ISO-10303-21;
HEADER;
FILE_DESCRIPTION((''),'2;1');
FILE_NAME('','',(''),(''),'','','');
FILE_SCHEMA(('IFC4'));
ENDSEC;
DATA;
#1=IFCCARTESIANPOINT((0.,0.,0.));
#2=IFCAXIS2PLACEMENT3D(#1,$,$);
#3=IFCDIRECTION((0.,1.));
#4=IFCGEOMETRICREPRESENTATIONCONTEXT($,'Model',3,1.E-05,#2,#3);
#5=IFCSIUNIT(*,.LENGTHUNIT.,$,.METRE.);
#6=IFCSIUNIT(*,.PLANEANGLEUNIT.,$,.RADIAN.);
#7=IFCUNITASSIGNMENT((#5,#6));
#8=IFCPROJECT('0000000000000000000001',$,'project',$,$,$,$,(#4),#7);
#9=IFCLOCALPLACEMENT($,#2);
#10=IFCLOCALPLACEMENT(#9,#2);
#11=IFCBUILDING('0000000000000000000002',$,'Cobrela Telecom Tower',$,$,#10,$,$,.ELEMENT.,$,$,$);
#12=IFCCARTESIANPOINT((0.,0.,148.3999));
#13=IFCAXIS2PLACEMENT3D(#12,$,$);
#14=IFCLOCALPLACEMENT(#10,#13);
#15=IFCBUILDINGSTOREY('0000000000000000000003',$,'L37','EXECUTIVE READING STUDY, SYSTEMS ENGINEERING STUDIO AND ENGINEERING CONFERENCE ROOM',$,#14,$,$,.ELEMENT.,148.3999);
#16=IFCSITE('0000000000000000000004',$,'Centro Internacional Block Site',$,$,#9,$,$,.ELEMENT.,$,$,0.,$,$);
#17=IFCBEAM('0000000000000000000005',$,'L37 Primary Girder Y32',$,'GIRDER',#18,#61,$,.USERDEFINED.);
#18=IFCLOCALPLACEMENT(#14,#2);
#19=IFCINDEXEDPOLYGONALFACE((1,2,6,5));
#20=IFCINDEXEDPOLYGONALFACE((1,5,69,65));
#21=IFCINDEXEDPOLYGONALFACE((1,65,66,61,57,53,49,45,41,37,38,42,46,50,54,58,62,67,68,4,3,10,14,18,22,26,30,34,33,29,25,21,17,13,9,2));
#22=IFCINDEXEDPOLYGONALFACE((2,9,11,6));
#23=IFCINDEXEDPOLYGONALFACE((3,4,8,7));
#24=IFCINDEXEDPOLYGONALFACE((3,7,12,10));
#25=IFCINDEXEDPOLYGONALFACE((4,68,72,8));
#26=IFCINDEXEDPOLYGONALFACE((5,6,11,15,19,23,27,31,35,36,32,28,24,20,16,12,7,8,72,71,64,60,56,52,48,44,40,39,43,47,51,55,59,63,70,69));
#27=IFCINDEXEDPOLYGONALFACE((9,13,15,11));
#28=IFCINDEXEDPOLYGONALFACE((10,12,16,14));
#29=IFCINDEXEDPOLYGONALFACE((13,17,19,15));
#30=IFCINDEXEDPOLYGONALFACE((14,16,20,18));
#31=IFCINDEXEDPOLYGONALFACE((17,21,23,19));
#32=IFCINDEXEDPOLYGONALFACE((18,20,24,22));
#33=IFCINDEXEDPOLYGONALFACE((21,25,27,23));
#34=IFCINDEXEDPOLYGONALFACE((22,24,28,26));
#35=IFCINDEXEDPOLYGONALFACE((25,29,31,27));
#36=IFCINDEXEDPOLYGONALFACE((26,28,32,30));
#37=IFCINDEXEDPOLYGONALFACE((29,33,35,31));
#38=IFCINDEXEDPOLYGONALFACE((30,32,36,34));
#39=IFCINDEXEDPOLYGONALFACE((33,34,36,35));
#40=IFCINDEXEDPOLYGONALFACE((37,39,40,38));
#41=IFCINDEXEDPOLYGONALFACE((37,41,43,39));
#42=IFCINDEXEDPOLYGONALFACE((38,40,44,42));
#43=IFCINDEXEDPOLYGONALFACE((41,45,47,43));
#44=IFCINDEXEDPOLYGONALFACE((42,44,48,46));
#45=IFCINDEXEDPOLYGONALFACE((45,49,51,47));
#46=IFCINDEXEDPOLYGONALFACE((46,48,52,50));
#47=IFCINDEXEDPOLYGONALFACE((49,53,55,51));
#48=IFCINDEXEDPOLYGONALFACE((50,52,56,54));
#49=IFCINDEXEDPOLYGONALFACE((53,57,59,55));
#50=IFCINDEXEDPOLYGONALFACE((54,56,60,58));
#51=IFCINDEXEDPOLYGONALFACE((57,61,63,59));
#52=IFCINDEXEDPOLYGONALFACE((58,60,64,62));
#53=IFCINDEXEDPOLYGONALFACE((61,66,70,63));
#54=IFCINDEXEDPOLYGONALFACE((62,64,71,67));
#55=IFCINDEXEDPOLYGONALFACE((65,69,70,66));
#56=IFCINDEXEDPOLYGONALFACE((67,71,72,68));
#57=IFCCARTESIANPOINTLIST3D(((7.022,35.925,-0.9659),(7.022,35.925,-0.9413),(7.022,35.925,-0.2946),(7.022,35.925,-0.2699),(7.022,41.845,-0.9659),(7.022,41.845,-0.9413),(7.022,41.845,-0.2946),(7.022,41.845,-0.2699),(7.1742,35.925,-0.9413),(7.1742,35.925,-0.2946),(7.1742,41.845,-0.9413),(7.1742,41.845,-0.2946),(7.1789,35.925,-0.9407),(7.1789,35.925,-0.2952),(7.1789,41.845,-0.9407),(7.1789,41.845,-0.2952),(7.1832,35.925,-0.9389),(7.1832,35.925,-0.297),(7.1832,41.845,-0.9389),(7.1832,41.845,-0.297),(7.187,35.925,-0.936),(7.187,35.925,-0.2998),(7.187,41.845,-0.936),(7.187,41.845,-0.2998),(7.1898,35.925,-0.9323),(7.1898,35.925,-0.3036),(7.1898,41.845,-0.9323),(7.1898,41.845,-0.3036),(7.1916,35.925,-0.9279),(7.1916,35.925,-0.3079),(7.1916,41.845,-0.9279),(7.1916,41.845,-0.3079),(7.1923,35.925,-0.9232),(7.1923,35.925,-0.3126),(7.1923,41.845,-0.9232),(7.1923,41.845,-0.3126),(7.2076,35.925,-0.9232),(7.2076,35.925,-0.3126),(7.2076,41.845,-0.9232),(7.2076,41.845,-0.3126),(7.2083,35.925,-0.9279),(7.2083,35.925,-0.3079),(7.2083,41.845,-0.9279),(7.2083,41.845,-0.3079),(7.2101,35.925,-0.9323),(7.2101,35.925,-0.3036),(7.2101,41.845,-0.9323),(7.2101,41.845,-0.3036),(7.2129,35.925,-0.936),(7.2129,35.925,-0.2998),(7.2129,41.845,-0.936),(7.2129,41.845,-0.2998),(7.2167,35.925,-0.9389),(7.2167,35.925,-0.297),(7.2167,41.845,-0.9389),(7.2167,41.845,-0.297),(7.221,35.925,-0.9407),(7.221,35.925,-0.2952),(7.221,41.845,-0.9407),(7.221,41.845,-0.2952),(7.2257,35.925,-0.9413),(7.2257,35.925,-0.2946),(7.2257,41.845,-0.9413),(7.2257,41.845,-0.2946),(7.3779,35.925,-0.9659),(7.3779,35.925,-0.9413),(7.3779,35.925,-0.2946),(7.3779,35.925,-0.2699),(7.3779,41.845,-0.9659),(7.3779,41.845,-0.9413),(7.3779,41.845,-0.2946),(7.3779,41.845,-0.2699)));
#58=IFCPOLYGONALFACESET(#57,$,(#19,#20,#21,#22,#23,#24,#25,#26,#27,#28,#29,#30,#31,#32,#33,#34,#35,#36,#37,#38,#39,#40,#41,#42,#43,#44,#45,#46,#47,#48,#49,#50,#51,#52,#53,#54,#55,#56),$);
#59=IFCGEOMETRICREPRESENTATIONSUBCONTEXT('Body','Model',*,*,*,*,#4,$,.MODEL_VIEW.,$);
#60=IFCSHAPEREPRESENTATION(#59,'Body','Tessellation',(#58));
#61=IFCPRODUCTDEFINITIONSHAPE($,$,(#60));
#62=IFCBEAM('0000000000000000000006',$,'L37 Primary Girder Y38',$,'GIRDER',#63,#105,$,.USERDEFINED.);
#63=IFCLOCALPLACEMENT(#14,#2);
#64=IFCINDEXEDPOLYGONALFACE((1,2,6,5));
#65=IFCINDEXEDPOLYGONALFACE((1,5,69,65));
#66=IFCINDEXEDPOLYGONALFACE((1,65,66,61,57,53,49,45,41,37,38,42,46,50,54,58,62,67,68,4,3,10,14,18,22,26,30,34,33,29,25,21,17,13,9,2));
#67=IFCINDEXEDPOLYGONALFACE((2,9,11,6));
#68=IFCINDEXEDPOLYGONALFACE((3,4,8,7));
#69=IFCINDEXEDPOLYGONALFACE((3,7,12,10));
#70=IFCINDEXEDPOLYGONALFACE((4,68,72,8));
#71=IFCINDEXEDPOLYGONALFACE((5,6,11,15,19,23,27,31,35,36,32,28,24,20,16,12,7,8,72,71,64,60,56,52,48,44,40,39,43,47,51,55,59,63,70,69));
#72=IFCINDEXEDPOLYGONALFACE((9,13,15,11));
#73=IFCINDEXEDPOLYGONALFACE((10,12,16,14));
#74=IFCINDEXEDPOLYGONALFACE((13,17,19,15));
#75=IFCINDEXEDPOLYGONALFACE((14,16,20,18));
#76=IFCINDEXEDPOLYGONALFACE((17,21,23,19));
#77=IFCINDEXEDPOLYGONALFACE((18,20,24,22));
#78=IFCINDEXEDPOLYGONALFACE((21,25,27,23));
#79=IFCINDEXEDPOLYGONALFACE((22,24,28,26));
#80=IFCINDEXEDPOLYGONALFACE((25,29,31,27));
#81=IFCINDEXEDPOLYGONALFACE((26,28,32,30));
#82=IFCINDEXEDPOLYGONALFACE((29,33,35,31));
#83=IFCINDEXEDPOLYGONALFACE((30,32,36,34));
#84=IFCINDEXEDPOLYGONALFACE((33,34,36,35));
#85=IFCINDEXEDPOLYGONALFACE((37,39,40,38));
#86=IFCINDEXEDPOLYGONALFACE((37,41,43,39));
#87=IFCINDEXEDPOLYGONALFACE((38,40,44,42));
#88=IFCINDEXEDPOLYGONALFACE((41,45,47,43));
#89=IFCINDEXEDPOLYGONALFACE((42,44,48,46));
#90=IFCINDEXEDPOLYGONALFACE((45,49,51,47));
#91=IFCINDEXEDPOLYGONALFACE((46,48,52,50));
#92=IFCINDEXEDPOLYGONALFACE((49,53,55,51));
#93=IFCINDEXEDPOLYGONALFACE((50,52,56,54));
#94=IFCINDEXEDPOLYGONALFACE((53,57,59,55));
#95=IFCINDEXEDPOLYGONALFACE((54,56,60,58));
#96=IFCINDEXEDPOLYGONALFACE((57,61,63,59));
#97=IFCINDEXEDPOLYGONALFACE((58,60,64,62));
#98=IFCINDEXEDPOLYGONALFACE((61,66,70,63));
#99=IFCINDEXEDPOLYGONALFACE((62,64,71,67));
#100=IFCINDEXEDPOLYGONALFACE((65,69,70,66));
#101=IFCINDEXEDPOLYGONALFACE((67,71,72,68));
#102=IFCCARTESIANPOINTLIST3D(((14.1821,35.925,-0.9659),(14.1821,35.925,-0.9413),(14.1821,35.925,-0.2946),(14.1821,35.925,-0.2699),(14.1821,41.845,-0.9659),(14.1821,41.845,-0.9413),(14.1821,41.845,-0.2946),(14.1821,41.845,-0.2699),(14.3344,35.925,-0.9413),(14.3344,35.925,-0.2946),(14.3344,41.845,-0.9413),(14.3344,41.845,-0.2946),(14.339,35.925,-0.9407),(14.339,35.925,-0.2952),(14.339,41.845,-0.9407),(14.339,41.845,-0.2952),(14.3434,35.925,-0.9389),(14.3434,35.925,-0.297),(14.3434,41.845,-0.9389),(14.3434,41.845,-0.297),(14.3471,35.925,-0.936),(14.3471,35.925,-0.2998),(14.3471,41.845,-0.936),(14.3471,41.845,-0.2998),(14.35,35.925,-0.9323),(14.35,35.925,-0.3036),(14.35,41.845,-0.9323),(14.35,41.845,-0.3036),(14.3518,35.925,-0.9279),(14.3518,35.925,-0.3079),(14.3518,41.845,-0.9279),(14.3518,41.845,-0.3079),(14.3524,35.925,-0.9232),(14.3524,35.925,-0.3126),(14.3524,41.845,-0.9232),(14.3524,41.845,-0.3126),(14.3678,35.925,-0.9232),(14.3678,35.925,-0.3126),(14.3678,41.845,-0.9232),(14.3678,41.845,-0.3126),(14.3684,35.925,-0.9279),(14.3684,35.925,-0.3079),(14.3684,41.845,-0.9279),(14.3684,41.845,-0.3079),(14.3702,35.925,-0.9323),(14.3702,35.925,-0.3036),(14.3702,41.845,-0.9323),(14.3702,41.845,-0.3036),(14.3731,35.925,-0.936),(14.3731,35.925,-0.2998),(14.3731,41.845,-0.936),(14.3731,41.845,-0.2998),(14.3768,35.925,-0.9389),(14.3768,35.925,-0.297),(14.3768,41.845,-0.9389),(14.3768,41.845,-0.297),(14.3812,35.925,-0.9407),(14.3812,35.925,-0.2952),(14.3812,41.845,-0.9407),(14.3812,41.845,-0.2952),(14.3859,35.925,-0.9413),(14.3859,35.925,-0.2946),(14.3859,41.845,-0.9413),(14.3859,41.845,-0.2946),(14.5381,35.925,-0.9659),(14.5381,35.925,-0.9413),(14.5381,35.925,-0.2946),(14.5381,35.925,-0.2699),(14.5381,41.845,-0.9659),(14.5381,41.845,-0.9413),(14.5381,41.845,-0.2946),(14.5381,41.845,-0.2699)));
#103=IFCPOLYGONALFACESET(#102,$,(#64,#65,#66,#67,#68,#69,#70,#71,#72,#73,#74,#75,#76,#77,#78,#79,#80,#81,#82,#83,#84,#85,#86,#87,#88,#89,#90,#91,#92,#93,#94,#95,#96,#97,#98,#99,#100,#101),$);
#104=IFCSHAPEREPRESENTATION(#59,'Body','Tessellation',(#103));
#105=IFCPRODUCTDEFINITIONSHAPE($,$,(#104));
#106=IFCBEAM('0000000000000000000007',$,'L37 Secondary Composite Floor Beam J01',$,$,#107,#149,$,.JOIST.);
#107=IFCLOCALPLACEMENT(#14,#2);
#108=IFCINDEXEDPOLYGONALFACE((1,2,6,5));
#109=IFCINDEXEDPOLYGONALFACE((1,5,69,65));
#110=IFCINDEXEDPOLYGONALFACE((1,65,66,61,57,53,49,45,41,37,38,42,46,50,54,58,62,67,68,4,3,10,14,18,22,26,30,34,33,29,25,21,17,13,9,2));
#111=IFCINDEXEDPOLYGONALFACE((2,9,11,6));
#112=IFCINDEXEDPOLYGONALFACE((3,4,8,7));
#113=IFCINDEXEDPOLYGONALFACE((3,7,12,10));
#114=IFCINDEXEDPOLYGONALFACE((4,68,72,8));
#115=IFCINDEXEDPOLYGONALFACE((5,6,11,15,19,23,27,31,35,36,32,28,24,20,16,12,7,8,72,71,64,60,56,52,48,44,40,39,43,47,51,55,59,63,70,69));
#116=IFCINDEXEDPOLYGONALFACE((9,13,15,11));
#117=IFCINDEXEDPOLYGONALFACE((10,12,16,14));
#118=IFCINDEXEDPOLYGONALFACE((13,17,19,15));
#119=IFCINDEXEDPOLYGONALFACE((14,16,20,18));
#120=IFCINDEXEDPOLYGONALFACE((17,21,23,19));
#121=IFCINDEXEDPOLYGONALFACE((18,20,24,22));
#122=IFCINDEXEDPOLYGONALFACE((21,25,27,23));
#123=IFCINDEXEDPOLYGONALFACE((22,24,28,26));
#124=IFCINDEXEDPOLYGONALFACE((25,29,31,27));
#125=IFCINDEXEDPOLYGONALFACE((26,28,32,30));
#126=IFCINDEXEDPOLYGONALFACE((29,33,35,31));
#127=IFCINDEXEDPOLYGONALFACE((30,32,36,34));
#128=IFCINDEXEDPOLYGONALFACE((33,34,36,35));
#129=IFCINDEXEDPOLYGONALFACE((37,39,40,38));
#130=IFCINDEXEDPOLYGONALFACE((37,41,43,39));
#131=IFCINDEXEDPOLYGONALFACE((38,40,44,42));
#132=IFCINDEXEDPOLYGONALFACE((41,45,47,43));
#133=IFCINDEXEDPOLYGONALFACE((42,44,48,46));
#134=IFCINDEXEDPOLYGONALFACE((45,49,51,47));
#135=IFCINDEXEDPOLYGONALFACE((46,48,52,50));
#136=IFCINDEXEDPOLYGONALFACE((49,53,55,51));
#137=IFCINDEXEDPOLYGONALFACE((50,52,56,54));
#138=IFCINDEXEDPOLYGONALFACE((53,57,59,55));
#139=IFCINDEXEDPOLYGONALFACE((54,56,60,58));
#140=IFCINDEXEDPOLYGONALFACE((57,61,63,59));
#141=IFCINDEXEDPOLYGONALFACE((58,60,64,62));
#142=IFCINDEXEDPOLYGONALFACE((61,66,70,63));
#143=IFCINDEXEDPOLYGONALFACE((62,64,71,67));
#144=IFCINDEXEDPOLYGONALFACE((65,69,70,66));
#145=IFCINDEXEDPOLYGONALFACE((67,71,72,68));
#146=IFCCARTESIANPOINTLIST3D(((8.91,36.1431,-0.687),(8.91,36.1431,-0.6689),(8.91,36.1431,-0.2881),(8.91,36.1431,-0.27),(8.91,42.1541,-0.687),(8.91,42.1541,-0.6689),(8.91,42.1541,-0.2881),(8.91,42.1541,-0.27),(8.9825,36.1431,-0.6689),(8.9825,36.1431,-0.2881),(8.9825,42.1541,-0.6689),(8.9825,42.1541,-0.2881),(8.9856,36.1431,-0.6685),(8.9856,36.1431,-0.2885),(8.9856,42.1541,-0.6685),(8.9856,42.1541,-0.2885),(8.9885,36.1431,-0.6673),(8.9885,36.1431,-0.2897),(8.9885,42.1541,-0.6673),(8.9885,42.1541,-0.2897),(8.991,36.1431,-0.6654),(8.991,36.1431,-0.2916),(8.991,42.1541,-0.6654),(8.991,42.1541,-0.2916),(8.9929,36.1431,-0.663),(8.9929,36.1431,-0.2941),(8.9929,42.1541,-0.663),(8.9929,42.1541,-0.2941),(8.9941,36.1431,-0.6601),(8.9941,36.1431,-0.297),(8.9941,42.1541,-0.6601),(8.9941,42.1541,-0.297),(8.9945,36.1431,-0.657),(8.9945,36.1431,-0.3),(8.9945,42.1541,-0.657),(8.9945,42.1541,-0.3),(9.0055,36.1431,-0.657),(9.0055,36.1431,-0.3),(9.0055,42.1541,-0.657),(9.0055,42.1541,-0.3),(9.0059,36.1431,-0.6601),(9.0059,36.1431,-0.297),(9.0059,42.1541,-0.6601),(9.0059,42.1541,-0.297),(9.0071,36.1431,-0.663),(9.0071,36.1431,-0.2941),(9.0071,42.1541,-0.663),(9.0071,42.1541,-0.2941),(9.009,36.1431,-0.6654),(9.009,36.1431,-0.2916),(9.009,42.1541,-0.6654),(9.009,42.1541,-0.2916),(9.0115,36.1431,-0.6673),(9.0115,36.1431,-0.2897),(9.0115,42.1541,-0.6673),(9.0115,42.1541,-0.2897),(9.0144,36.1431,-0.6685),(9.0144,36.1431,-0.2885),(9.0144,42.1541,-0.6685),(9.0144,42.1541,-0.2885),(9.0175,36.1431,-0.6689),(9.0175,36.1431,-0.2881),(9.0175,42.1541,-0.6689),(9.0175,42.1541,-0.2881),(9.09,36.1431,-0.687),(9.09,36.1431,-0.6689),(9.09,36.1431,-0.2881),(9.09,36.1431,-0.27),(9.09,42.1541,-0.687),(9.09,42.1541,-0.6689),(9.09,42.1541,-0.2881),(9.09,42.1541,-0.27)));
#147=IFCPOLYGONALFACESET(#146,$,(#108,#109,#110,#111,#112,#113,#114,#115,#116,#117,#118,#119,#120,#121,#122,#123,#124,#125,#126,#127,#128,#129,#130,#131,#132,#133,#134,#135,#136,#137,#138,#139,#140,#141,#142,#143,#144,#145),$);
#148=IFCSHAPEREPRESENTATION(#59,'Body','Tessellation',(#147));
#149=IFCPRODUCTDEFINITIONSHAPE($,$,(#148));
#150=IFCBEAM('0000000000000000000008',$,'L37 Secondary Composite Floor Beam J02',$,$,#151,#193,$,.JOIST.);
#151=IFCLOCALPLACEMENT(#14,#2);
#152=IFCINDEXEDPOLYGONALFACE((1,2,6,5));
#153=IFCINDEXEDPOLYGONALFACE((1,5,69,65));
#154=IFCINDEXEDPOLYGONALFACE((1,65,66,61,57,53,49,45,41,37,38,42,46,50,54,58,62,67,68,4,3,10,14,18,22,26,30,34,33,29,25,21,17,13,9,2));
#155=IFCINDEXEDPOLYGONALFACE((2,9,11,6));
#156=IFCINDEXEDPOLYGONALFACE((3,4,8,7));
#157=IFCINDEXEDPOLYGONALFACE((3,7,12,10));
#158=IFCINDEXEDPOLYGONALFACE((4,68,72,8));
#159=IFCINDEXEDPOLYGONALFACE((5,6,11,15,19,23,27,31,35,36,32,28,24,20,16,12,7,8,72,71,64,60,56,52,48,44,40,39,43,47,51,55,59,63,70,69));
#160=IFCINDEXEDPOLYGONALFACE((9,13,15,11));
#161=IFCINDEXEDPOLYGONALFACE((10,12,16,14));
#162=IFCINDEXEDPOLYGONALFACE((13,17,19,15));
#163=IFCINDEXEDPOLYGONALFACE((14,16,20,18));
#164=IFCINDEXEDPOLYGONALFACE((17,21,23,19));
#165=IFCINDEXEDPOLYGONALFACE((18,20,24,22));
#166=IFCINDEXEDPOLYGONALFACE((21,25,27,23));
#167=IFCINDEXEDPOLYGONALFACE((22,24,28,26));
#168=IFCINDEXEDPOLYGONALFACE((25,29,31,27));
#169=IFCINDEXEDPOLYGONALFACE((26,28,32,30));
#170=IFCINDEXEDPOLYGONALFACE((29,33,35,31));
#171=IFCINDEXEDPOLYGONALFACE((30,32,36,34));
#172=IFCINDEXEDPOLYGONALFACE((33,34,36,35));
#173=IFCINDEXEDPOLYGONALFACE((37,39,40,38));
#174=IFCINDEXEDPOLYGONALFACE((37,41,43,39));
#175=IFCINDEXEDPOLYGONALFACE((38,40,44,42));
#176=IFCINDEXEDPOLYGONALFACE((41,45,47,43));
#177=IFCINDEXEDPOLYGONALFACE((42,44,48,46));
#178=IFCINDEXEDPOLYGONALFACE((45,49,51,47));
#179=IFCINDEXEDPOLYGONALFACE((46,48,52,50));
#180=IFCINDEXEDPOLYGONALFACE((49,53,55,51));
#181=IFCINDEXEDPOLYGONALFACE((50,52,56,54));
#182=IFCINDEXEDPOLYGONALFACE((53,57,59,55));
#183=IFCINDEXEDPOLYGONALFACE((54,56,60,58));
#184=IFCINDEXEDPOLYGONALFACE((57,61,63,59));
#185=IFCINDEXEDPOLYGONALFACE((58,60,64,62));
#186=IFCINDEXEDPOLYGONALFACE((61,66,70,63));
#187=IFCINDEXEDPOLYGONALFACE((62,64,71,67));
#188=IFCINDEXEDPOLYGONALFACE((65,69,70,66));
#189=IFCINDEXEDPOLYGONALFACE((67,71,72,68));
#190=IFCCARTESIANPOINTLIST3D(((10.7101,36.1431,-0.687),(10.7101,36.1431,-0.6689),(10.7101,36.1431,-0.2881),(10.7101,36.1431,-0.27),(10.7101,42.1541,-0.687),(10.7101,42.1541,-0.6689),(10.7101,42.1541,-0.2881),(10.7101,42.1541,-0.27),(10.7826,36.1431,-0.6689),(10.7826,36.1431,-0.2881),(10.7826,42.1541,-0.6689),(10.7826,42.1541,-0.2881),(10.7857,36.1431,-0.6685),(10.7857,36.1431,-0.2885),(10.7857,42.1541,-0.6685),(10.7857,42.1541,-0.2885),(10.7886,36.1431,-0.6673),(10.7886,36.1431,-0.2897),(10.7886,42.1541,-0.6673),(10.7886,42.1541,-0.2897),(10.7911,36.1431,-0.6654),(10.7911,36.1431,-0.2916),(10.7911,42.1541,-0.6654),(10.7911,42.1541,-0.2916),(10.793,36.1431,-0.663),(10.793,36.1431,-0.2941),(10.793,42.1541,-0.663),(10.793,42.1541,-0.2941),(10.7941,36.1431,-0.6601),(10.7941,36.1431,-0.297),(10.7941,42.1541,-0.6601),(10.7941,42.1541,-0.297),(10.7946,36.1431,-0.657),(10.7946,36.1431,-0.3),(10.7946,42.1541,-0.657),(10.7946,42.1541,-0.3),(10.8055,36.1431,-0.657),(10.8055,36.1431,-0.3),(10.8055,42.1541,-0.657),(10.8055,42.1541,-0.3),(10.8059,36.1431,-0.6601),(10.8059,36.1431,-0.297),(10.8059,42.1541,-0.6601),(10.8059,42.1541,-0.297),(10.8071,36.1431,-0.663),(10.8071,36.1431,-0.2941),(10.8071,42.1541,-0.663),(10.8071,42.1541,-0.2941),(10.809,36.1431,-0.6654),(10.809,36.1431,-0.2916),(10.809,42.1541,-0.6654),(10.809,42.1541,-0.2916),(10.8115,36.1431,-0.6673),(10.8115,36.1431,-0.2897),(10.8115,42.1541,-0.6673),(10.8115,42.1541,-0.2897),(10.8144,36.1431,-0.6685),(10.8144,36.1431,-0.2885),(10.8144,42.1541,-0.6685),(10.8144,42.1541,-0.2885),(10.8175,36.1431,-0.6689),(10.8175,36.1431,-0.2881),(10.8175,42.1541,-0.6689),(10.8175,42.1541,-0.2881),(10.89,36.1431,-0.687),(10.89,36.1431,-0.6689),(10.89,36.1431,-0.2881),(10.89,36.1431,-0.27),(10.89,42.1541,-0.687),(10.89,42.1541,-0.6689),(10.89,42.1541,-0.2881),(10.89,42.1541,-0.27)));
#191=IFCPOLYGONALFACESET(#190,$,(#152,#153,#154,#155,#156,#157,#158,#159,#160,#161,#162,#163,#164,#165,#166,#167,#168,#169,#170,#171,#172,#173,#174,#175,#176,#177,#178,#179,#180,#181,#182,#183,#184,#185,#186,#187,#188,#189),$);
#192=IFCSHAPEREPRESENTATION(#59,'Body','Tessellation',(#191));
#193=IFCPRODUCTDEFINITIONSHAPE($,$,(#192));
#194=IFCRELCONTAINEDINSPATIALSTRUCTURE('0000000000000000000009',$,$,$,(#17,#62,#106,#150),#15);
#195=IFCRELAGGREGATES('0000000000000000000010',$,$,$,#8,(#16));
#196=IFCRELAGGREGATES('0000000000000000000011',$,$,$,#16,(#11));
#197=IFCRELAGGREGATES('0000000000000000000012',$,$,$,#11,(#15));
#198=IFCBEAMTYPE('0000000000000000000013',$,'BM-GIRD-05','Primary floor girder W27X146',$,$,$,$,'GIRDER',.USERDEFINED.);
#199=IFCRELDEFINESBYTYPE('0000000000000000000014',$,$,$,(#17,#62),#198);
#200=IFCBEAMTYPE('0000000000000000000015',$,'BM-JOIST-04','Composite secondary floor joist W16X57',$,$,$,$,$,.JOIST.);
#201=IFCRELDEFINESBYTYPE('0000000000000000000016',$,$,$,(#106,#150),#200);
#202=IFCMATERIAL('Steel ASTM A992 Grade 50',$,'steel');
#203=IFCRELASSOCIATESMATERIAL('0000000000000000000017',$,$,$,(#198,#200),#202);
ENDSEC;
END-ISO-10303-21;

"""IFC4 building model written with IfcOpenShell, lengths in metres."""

from ifc_helpers import new_model, si_unit, direction, frame, origin, origin_2d, place, context, subcontext, project, spatial, i_section, extrude, material, material_profile, profile_set, type_object, element, save


model = new_model("IFC4")

# Units and contexts
model_context = context("Model", 3, precision=1e-05, world=origin(), true_north=direction((0.0, 1.0)))
body_context = subcontext(model_context, "Body", "Model", "MODEL_VIEW")
ifc_project = project(units=[si_unit("LENGTHUNIT", "METRE"), si_unit("PLANEANGLEUNIT", "RADIAN")], contexts=[model_context])

# Site, building, storey
site_placement = place(None, origin())
site = spatial("IfcSite", under=ifc_project, at=site_placement, Name="Centro Internacional Block Site", CompositionType="ELEMENT", RefElevation=0.0)
building_placement = place(site_placement, origin())
building = spatial("IfcBuilding", under=site, at=building_placement, Name="Cobrela Telecom Tower", CompositionType="ELEMENT")
storey_placement = place(building_placement, frame((0.0, 0.0, 148.3999)))
storey = spatial("IfcBuildingStorey", under=building, at=storey_placement, Name="L37", Description="EXECUTIVE READING STUDY, SYSTEMS ENGINEERING STUDIO AND ENGINEERING CONFERENCE ROOM", CompositionType="ELEMENT", Elevation=148.3999)

# Beams
ifc_material_1 = material(Name="Steel ASTM A992 Grade 50", Category="steel")
ifc_material_profile_1 = material_profile(ifc_material_1, i_section(OverallWidth=0.356, OverallDepth=0.696, WebThickness=0.0154, FlangeThickness=0.0247, FilletRadius=0.0181, at=origin_2d()), Name="W27X146")
ifc_profile_set_1 = profile_set([ifc_material_profile_1], Name="Steel ASTM A992 Grade 50")
beam_type_1 = type_object("IfcBeamType", Name="BM-GIRD-05", Description="Primary floor girder W27X146", ElementType="GIRDER", PredefinedType="USERDEFINED", material=ifc_profile_set_1)
for number, where, z_axis, x_axis, name in (
    (1, (7.2, 35.925, -0.6179), (0.0, 1.0, 0.0), (-1.0, 0.0, 0.0), "L37 Primary Girder Y32"),
    (2, (14.3601, 35.925, -0.6179), (0.0, 1.0, 0.0), (-1.0, 0.0, 0.0), "L37 Primary Girder Y38"),
):
    element("IfcBeam", number, at=place(storey_placement, frame(where, z_axis=z_axis, x_axis=x_axis)), inside=storey, type_object=beam_type_1, Name=name, ObjectType="GIRDER", PredefinedType="USERDEFINED", context=body_context, shape_type="SweptSolid", body=[
        extrude(i_section(OverallWidth=0.356, OverallDepth=0.696, WebThickness=0.0154, FlangeThickness=0.0247, FilletRadius=0.0181, at=origin_2d()), origin(), (0.0, 0.0, 1.0), 5.9199),
    ])
ifc_material_profile_2 = material_profile(ifc_material_1, i_section(OverallWidth=0.1799, OverallDepth=0.417, WebThickness=0.011, FlangeThickness=0.0181, FilletRadius=0.012, at=origin_2d()), Name="W16X57")
ifc_profile_set_2 = profile_set([ifc_material_profile_2], Name="Steel ASTM A992 Grade 50")
beam_type_2 = type_object("IfcBeamType", Name="BM-JOIST-04", Description="Composite secondary floor joist W16X57", PredefinedType="JOIST", material=ifc_profile_set_2)
for number, where, z_axis, x_axis, name in (
    (3, (9.0, 36.1431, -0.4785), (0.0, 1.0, 0.0), (-1.0, 0.0, 0.0), "L37 Secondary Composite Floor Beam J01"),
    (4, (10.8, 36.1431, -0.4785), (0.0, 1.0, 0.0), (-1.0, 0.0, 0.0), "L37 Secondary Composite Floor Beam J02"),
):
    element("IfcBeam", number, at=place(storey_placement, frame(where, z_axis=z_axis, x_axis=x_axis)), inside=storey, type_object=beam_type_2, Name=name, PredefinedType="JOIST", context=body_context, shape_type="SweptSolid", body=[
        extrude(i_section(OverallWidth=0.1799, OverallDepth=0.417, WebThickness=0.011, FlangeThickness=0.0181, FilletRadius=0.012, at=origin_2d()), origin(), (0.0, 0.0, 1.0), 6.011),
    ])

save(model, "model.ifc")
